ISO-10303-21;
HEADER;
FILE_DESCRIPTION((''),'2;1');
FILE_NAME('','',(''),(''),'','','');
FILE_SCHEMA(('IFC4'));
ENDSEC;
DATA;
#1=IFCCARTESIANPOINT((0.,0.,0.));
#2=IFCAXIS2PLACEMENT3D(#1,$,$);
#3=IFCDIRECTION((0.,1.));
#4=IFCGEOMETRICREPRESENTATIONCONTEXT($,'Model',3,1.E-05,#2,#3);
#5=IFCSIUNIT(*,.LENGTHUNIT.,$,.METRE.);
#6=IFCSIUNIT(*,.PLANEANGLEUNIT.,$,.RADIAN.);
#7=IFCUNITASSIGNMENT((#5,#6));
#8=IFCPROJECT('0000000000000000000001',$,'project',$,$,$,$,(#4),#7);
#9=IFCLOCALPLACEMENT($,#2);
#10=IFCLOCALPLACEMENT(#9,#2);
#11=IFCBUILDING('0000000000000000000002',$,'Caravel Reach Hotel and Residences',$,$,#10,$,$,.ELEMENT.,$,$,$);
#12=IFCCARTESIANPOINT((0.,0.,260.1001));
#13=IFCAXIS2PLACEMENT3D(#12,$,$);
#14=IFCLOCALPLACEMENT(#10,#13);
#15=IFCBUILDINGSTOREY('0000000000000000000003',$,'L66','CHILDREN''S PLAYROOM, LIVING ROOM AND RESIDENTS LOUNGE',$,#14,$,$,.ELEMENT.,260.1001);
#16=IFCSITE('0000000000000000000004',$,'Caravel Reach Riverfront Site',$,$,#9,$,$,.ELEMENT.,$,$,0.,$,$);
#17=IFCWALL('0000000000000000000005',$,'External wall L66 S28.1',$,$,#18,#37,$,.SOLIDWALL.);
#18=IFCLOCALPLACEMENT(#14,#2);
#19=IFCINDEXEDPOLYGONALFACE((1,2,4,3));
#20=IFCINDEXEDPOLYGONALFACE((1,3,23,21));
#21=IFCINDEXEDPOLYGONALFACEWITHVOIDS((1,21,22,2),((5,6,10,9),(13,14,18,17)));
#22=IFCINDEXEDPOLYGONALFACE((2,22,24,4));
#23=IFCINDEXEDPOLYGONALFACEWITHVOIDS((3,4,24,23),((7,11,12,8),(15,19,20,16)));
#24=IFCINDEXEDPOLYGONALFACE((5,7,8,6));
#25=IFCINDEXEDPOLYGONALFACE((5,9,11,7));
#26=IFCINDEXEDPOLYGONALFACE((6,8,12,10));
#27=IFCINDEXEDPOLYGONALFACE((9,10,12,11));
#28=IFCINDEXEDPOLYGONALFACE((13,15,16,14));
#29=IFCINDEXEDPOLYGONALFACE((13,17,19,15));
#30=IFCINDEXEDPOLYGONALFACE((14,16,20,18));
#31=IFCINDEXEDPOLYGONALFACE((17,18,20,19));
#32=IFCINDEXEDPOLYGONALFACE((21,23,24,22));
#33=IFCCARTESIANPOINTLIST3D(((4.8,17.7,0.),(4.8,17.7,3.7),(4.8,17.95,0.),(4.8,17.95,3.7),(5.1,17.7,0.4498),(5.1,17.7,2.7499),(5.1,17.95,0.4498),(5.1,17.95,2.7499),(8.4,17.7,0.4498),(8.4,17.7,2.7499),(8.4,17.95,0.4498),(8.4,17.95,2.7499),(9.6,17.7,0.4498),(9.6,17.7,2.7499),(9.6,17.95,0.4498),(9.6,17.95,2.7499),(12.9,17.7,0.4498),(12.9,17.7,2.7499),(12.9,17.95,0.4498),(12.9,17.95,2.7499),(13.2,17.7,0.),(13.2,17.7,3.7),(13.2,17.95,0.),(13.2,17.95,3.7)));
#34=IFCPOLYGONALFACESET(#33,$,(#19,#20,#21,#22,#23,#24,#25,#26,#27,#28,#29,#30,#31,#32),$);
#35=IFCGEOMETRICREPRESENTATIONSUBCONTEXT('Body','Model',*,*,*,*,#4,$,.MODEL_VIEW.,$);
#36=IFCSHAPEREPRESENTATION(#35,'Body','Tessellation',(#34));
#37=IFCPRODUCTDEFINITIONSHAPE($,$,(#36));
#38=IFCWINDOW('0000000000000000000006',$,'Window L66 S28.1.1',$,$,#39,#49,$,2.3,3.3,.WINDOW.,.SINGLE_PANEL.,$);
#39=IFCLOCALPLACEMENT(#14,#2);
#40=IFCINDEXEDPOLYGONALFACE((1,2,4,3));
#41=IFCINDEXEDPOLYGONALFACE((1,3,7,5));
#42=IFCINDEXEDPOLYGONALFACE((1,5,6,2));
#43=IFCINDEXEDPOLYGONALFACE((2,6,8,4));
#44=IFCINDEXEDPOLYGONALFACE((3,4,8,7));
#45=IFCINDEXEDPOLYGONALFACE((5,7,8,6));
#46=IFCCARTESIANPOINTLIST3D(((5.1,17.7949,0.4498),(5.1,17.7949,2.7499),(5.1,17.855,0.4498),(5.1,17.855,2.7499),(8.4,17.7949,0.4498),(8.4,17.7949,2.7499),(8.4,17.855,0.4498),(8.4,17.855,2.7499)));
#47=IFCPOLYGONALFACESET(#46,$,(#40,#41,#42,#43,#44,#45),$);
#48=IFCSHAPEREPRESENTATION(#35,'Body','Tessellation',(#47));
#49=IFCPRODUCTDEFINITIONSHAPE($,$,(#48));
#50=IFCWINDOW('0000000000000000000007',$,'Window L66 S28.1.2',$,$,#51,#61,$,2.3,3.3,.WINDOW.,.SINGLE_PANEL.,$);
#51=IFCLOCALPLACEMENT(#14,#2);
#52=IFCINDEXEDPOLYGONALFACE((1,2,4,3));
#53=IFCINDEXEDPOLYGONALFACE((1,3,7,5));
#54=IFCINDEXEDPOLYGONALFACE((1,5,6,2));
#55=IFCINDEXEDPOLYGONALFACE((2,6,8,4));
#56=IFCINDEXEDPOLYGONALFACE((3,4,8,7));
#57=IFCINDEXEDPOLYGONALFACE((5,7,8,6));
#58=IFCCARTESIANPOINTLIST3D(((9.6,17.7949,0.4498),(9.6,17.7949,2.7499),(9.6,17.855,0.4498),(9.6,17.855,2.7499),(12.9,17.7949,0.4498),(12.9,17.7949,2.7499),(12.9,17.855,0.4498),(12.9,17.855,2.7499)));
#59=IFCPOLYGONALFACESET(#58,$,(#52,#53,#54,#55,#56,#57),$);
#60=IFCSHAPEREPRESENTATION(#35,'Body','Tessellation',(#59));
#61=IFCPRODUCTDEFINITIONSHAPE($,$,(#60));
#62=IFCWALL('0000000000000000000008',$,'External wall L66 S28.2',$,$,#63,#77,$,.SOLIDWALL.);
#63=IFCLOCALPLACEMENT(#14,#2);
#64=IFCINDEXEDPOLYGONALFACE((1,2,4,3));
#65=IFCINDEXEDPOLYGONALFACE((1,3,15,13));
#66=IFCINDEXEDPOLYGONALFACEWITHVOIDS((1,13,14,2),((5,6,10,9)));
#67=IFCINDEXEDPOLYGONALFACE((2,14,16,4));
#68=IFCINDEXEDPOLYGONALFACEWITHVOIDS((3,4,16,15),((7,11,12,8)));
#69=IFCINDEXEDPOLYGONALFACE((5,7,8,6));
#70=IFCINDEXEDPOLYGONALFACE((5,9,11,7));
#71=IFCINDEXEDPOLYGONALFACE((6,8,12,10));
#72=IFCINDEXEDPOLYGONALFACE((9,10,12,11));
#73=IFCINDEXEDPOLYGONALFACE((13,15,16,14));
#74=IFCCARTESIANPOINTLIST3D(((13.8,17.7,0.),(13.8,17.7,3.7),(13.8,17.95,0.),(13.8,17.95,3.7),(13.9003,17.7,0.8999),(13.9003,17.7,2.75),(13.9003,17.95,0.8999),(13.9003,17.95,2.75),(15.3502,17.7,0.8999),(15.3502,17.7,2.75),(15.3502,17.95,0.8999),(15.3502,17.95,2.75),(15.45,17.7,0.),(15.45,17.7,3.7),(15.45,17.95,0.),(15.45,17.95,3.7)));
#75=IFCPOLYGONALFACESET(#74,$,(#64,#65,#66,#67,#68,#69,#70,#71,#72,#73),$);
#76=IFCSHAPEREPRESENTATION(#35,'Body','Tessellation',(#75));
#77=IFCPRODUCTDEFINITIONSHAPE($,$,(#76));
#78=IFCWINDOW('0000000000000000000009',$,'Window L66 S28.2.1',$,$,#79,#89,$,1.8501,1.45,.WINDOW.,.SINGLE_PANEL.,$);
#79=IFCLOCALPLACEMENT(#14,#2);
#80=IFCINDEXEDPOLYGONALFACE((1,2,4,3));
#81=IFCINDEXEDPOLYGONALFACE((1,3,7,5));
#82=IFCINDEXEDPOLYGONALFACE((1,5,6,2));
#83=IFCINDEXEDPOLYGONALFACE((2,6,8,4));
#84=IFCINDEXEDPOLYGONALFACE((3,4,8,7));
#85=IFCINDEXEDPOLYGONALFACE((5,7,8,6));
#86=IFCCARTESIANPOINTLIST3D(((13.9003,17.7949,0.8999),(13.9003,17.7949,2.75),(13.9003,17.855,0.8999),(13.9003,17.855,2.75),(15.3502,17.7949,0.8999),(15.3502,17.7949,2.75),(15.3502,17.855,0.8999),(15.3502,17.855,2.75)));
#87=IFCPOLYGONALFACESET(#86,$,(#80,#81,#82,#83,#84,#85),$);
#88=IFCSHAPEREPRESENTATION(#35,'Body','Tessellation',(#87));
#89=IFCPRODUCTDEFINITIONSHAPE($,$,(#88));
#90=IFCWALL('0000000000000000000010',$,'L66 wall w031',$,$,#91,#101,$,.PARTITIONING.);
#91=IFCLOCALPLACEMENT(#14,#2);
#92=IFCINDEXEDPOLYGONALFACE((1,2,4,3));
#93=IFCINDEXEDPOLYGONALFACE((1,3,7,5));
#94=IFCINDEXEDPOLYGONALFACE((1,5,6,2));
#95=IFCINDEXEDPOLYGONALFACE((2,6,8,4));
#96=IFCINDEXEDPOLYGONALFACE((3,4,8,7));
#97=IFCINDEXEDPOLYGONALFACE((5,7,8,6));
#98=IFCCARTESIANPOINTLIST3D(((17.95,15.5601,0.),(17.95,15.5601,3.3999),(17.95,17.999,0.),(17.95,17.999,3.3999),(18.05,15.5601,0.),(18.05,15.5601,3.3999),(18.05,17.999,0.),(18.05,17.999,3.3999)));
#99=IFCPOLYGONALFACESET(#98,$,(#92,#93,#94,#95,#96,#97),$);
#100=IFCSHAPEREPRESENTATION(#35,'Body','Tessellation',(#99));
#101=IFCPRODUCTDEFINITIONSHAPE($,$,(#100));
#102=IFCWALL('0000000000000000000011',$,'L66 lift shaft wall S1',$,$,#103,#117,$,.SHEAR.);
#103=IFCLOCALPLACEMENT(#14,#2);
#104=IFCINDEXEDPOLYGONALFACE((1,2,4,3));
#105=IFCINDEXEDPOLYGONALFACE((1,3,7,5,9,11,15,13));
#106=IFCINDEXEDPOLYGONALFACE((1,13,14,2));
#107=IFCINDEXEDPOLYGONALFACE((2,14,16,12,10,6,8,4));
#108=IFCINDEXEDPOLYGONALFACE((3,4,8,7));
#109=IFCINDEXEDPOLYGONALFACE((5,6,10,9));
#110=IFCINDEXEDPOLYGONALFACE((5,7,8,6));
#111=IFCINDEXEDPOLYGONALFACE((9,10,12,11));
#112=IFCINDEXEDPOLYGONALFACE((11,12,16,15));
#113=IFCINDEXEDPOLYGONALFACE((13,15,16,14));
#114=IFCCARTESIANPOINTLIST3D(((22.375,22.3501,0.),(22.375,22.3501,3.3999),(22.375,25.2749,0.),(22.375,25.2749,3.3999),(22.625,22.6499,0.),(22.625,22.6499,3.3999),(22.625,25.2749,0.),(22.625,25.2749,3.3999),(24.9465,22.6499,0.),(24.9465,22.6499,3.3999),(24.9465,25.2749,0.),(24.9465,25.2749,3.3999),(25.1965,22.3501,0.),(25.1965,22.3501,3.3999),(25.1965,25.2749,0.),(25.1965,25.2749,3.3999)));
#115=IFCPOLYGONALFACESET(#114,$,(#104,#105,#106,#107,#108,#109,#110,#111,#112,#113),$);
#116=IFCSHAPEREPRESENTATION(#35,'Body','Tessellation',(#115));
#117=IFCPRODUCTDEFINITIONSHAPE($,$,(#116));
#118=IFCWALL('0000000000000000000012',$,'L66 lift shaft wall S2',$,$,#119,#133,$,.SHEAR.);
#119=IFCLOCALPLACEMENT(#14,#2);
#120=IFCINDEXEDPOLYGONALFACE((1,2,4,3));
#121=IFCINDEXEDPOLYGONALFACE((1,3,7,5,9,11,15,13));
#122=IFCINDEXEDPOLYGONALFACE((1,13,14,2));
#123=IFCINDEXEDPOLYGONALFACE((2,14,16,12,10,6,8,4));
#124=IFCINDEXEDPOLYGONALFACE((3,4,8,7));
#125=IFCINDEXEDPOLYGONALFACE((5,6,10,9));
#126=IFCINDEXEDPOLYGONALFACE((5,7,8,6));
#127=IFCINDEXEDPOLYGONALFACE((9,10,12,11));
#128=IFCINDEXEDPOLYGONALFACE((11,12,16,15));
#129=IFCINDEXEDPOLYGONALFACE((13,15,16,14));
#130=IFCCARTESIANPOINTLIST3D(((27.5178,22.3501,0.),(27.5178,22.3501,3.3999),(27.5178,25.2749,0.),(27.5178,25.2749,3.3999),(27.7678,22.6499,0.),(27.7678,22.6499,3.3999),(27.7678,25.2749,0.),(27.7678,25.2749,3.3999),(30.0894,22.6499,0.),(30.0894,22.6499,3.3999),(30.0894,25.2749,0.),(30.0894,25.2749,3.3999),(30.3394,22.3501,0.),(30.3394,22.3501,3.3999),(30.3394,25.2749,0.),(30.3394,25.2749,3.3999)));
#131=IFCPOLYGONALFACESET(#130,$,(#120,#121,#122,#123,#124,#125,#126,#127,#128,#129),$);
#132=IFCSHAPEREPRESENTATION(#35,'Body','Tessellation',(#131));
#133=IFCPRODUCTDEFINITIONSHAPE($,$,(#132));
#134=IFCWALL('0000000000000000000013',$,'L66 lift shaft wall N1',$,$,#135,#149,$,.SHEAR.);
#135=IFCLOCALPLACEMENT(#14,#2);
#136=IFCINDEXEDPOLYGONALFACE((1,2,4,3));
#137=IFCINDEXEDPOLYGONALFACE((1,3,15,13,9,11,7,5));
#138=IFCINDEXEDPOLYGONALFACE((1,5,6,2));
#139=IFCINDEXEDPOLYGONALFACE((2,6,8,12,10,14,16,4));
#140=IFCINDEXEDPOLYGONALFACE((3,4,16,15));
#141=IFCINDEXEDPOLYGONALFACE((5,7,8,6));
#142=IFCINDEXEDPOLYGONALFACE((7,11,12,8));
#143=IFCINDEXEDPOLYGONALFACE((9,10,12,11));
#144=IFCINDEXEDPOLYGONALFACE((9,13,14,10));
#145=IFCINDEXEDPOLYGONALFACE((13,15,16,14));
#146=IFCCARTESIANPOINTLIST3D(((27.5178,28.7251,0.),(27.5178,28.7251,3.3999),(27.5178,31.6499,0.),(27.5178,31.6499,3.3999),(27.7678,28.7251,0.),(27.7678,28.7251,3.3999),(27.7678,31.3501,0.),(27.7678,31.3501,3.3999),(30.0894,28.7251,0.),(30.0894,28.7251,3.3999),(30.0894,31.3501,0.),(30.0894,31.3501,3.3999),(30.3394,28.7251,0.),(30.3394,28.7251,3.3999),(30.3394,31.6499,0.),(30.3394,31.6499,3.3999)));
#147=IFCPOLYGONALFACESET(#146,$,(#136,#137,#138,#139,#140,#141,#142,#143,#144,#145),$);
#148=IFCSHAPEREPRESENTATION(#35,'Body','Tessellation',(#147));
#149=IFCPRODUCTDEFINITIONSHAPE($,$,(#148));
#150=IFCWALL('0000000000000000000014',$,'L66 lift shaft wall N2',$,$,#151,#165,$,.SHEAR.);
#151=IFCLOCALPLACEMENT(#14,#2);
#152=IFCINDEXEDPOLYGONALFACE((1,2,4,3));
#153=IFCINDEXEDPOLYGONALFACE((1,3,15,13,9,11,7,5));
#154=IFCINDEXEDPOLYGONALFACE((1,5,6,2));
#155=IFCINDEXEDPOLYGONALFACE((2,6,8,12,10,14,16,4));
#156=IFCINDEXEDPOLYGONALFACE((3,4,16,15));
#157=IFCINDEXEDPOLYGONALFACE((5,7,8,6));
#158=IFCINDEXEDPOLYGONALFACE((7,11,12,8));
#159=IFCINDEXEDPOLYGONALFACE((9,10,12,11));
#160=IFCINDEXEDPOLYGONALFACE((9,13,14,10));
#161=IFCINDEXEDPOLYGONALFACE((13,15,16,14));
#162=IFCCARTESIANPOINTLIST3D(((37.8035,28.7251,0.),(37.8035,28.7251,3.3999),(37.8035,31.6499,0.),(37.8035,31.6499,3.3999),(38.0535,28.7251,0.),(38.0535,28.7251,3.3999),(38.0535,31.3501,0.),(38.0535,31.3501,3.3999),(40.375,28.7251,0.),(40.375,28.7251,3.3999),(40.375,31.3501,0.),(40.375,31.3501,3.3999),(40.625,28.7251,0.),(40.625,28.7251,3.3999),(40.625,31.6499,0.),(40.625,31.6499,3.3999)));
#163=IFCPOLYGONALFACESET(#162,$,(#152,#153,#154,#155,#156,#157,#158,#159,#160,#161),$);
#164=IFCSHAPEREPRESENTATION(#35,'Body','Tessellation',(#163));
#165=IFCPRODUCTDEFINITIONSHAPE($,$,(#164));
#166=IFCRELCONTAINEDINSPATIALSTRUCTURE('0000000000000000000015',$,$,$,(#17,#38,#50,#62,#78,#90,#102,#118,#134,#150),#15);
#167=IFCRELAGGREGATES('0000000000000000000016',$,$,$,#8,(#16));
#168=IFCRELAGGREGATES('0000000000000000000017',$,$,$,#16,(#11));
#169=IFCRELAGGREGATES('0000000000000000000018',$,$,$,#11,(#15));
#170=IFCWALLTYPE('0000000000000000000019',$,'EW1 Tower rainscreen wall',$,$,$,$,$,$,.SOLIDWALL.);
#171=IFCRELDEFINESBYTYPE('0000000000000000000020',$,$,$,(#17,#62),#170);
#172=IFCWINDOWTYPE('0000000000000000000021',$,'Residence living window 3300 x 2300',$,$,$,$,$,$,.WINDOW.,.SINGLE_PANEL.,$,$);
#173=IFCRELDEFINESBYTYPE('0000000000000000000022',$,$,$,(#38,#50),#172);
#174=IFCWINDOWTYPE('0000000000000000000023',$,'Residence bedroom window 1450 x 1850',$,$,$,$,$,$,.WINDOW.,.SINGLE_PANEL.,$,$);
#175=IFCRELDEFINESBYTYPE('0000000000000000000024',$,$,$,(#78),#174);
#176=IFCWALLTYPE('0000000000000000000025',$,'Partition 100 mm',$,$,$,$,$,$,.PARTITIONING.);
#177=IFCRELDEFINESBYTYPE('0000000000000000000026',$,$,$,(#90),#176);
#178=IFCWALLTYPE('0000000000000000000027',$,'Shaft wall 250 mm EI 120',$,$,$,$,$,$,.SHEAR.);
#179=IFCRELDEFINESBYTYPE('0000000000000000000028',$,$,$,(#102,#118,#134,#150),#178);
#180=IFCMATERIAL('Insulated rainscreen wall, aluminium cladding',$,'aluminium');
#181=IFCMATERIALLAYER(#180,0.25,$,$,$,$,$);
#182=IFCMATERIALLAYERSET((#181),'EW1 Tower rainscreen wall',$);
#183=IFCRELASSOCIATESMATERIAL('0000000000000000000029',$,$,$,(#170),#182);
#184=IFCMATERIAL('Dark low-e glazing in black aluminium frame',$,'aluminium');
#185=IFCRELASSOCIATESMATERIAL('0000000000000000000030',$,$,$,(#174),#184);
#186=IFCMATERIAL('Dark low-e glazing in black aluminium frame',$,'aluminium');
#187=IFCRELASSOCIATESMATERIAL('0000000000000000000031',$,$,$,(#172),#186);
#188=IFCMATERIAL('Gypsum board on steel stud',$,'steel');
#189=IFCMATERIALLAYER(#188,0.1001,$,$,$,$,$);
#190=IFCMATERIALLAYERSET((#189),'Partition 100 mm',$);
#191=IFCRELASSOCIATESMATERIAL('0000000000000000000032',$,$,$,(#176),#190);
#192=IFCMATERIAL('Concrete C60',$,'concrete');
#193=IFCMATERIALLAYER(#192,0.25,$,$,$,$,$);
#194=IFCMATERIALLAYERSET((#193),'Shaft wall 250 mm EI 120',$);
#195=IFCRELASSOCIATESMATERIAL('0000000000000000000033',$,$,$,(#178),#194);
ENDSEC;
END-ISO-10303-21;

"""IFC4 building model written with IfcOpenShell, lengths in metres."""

from ifc_helpers import new_model, si_unit, direction, frame, frame_2d, origin, place, context, subcontext, project, spatial, polyline, rectangle, outline, extrude, material, layer, layer_set, type_object, element, fill, save


model = new_model("IFC4")

# Units and contexts
model_context = context("Model", 3, precision=1e-05, world=origin(), true_north=direction((0.0, 1.0)))
body_context = subcontext(model_context, "Body", "Model", "MODEL_VIEW")
ifc_project = project(units=[si_unit("LENGTHUNIT", "METRE"), si_unit("PLANEANGLEUNIT", "RADIAN")], contexts=[model_context])

# Site, building, storey
site_placement = place(None, origin())
site = spatial("IfcSite", under=ifc_project, at=site_placement, Name="Caravel Reach Riverfront Site", CompositionType="ELEMENT", RefElevation=0.0)
building_placement = place(site_placement, origin())
building = spatial("IfcBuilding", under=site, at=building_placement, Name="Caravel Reach Hotel and Residences", CompositionType="ELEMENT")
storey_placement = place(building_placement, frame((0.0, 0.0, 260.1001)))
storey = spatial("IfcBuildingStorey", under=building, at=storey_placement, Name="L66", Description="CHILDREN'S PLAYROOM, LIVING ROOM AND RESIDENTS LOUNGE", CompositionType="ELEMENT", Elevation=260.1001)

# Shared definitions
ifc_material_1 = material(Name="Insulated rainscreen wall, aluminium cladding", Category="aluminium")
ifc_layer_1 = layer(ifc_material_1, 0.25)
ifc_layer_set_1 = layer_set([ifc_layer_1], Name="EW1 Tower rainscreen wall")
wall_type_1 = type_object("IfcWallType", Name="EW1 Tower rainscreen wall", PredefinedType="SOLIDWALL", material=ifc_layer_set_1)
ifc_material_2 = material(Name="Dark low-e glazing in black aluminium frame", Category="aluminium")
window_type_1 = type_object("IfcWindowType", Name="Residence bedroom window 1450 x 1850", PartitioningType="SINGLE_PANEL", PredefinedType="WINDOW", material=ifc_material_2)

# Wall, openings, windows
wall_1_placement = place(storey_placement, frame((4.8, 17.825, 0.0), z_axis=(0.0, 0.0, 1.0), x_axis=(1.0, 0.0, 0.0)))
wall_1 = element("IfcWall", 1, at=wall_1_placement, inside=storey, type_object=wall_type_1, Name="External wall L66 S28.1", PredefinedType="SOLIDWALL", context=body_context, shape_type="SweptSolid", body=[
    extrude(rectangle(XDim=8.3999, YDim=0.25, at=frame_2d((4.2, 0.0))), origin(), (0.0, 0.0, 1.0), 3.7),
])
opening_1_placement = place(wall_1_placement, frame((0.3, 0.0, 0.45)))
opening_1 = element("IfcOpeningElement", 2, at=opening_1_placement, cuts=wall_1, PredefinedType="OPENING", context=body_context, shape_type="SweptSolid", body=[
    extrude(rectangle(XDim=3.3, YDim=2.3, at=frame_2d((1.6499, 1.1499))), frame((0.0, 0.135, 0.0), z_axis=(0.0, -1.0, 0.0), x_axis=(1.0, 0.0, 0.0)), (0.0, 0.0, 1.0), 0.27),
])
opening_2_placement = place(wall_1_placement, frame((4.8, 0.0, 0.45)))
opening_2 = element("IfcOpeningElement", 3, at=opening_2_placement, cuts=wall_1, PredefinedType="OPENING", context=body_context, shape_type="SweptSolid", body=[
    extrude(rectangle(XDim=3.3, YDim=2.3, at=frame_2d((1.6499, 1.1499))), frame((0.0, 0.135, 0.0), z_axis=(0.0, -1.0, 0.0), x_axis=(1.0, 0.0, 0.0)), (0.0, 0.0, 1.0), 0.27),
])
ifc_material_3 = material(Name="Dark low-e glazing in black aluminium frame", Category="aluminium")
window_type_2 = type_object("IfcWindowType", Name="Residence living window 3300 x 2300", PartitioningType="SINGLE_PANEL", PredefinedType="WINDOW", material=ifc_material_3)
window_1_placement = place(opening_1_placement, origin())
window_1 = element("IfcWindow", 4, at=window_1_placement, inside=storey, type_object=window_type_2, Name="Window L66 S28.1.1", OverallHeight=2.3, OverallWidth=3.3, PartitioningType="SINGLE_PANEL", PredefinedType="WINDOW", context=body_context, shape_type="SweptSolid", body=[
    extrude(rectangle(XDim=3.3, YDim=2.3, at=frame_2d((1.6499, 1.1499))), frame((0.0, 0.03, 0.0), z_axis=(0.0, -1.0, 0.0), x_axis=(1.0, 0.0, 0.0)), (0.0, 0.0, 1.0), 0.0601),
])
fill(opening_1, window_1)
window_2_placement = place(opening_2_placement, origin())
window_2 = element("IfcWindow", 5, at=window_2_placement, inside=storey, type_object=window_type_2, Name="Window L66 S28.1.2", OverallHeight=2.3, OverallWidth=3.3, PartitioningType="SINGLE_PANEL", PredefinedType="WINDOW", context=body_context, shape_type="SweptSolid", body=[
    extrude(rectangle(XDim=3.3, YDim=2.3, at=frame_2d((1.6499, 1.1499))), frame((0.0, 0.03, 0.0), z_axis=(0.0, -1.0, 0.0), x_axis=(1.0, 0.0, 0.0)), (0.0, 0.0, 1.0), 0.0601),
])
fill(opening_2, window_2)

# Wall, opening, window
wall_2_placement = place(storey_placement, frame((13.8, 17.825, 0.0), z_axis=(0.0, 0.0, 1.0), x_axis=(1.0, 0.0, 0.0)))
wall_2 = element("IfcWall", 6, at=wall_2_placement, inside=storey, type_object=wall_type_1, Name="External wall L66 S28.2", PredefinedType="SOLIDWALL", context=body_context, shape_type="SweptSolid", body=[
    extrude(rectangle(XDim=1.6499, YDim=0.25, at=frame_2d((0.825, 0.0))), origin(), (0.0, 0.0, 1.0), 3.7),
])
opening_3_placement = place(wall_2_placement, frame((0.1001, 0.0, 0.8999)))
opening_3 = element("IfcOpeningElement", 7, at=opening_3_placement, cuts=wall_2, PredefinedType="OPENING", context=body_context, shape_type="SweptSolid", body=[
    extrude(rectangle(XDim=1.45, YDim=1.8501, at=frame_2d((0.7251, 0.925))), frame((0.0, 0.135, 0.0), z_axis=(0.0, -1.0, 0.0), x_axis=(1.0, 0.0, 0.0)), (0.0, 0.0, 1.0), 0.27),
])
window_3_placement = place(opening_3_placement, origin())
window_3 = element("IfcWindow", 8, at=window_3_placement, inside=storey, type_object=window_type_1, Name="Window L66 S28.2.1", OverallHeight=1.8501, OverallWidth=1.45, PartitioningType="SINGLE_PANEL", PredefinedType="WINDOW", context=body_context, shape_type="SweptSolid", body=[
    extrude(rectangle(XDim=1.45, YDim=1.8501, at=frame_2d((0.7251, 0.925))), frame((0.0, 0.03, 0.0), z_axis=(0.0, -1.0, 0.0), x_axis=(1.0, 0.0, 0.0)), (0.0, 0.0, 1.0), 0.0601),
])
fill(opening_3, window_3)

# Walls
ifc_material_4 = material(Name="Gypsum board on steel stud", Category="steel")
ifc_layer_2 = layer(ifc_material_4, 0.1001)
ifc_layer_set_2 = layer_set([ifc_layer_2], Name="Partition 100 mm")
wall_type_2 = type_object("IfcWallType", Name="Partition 100 mm", PredefinedType="PARTITIONING", material=ifc_layer_set_2)
wall_3_placement = place(storey_placement, frame((18.0, 15.5601, 0.0), z_axis=(0.0, 0.0, 1.0), x_axis=(0.0, 1.0, 0.0)))
element("IfcWall", 9, at=wall_3_placement, inside=storey, type_object=wall_type_2, Name="L66 wall w031", PredefinedType="PARTITIONING", context=body_context, shape_type="SweptSolid", body=[
    extrude(rectangle(XDim=2.439, YDim=0.1001, at=frame_2d((1.2195, 0.0))), origin(), (0.0, 0.0, 1.0), 3.3999),
])
ifc_material_5 = material(Name="Concrete C60", Category="concrete")
ifc_layer_3 = layer(ifc_material_5, 0.25)
ifc_layer_set_3 = layer_set([ifc_layer_3], Name="Shaft wall 250 mm EI 120")
wall_type_3 = type_object("IfcWallType", Name="Shaft wall 250 mm EI 120", PredefinedType="SHEAR", material=ifc_layer_set_3)
wall_4_placement = place(storey_placement, origin())
element("IfcWall", 10, at=wall_4_placement, inside=storey, type_object=wall_type_3, Name="L66 lift shaft wall S1", PredefinedType="SHEAR", context=body_context, shape_type="SweptSolid", body=[
    extrude(outline(polyline([(22.375, 22.3501), (25.1965, 22.3501), (25.1965, 25.2749), (24.9465, 25.2749), (24.9465, 22.6499), (22.625, 22.6499), (22.625, 25.2749), (22.375, 25.2749), (22.375, 22.3501)])), origin(), (0.0, 0.0, 1.0), 3.3999),
])
wall_5_placement = place(storey_placement, origin())
element("IfcWall", 11, at=wall_5_placement, inside=storey, type_object=wall_type_3, Name="L66 lift shaft wall S2", PredefinedType="SHEAR", context=body_context, shape_type="SweptSolid", body=[
    extrude(outline(polyline([(27.5178, 22.3501), (30.3394, 22.3501), (30.3394, 25.2749), (30.0894, 25.2749), (30.0894, 22.6499), (27.7678, 22.6499), (27.7678, 25.2749), (27.5178, 25.2749), (27.5178, 22.3501)])), origin(), (0.0, 0.0, 1.0), 3.3999),
])
wall_6_placement = place(storey_placement, origin())
element("IfcWall", 12, at=wall_6_placement, inside=storey, type_object=wall_type_3, Name="L66 lift shaft wall N1", PredefinedType="SHEAR", context=body_context, shape_type="SweptSolid", body=[
    extrude(outline(polyline([(27.5178, 28.7251), (27.7678, 28.7251), (27.7678, 31.3501), (30.0894, 31.3501), (30.0894, 28.7251), (30.3394, 28.7251), (30.3394, 31.6499), (27.5178, 31.6499), (27.5178, 28.7251)])), origin(), (0.0, 0.0, 1.0), 3.3999),
])
wall_7_placement = place(storey_placement, origin())
element("IfcWall", 13, at=wall_7_placement, inside=storey, type_object=wall_type_3, Name="L66 lift shaft wall N2", PredefinedType="SHEAR", context=body_context, shape_type="SweptSolid", body=[
    extrude(outline(polyline([(37.8035, 28.7251), (38.0535, 28.7251), (38.0535, 31.3501), (40.375, 31.3501), (40.375, 28.7251), (40.625, 28.7251), (40.625, 31.6499), (37.8035, 31.6499), (37.8035, 28.7251)])), origin(), (0.0, 0.0, 1.0), 3.3999),
])

save(model, "model.ifc")
